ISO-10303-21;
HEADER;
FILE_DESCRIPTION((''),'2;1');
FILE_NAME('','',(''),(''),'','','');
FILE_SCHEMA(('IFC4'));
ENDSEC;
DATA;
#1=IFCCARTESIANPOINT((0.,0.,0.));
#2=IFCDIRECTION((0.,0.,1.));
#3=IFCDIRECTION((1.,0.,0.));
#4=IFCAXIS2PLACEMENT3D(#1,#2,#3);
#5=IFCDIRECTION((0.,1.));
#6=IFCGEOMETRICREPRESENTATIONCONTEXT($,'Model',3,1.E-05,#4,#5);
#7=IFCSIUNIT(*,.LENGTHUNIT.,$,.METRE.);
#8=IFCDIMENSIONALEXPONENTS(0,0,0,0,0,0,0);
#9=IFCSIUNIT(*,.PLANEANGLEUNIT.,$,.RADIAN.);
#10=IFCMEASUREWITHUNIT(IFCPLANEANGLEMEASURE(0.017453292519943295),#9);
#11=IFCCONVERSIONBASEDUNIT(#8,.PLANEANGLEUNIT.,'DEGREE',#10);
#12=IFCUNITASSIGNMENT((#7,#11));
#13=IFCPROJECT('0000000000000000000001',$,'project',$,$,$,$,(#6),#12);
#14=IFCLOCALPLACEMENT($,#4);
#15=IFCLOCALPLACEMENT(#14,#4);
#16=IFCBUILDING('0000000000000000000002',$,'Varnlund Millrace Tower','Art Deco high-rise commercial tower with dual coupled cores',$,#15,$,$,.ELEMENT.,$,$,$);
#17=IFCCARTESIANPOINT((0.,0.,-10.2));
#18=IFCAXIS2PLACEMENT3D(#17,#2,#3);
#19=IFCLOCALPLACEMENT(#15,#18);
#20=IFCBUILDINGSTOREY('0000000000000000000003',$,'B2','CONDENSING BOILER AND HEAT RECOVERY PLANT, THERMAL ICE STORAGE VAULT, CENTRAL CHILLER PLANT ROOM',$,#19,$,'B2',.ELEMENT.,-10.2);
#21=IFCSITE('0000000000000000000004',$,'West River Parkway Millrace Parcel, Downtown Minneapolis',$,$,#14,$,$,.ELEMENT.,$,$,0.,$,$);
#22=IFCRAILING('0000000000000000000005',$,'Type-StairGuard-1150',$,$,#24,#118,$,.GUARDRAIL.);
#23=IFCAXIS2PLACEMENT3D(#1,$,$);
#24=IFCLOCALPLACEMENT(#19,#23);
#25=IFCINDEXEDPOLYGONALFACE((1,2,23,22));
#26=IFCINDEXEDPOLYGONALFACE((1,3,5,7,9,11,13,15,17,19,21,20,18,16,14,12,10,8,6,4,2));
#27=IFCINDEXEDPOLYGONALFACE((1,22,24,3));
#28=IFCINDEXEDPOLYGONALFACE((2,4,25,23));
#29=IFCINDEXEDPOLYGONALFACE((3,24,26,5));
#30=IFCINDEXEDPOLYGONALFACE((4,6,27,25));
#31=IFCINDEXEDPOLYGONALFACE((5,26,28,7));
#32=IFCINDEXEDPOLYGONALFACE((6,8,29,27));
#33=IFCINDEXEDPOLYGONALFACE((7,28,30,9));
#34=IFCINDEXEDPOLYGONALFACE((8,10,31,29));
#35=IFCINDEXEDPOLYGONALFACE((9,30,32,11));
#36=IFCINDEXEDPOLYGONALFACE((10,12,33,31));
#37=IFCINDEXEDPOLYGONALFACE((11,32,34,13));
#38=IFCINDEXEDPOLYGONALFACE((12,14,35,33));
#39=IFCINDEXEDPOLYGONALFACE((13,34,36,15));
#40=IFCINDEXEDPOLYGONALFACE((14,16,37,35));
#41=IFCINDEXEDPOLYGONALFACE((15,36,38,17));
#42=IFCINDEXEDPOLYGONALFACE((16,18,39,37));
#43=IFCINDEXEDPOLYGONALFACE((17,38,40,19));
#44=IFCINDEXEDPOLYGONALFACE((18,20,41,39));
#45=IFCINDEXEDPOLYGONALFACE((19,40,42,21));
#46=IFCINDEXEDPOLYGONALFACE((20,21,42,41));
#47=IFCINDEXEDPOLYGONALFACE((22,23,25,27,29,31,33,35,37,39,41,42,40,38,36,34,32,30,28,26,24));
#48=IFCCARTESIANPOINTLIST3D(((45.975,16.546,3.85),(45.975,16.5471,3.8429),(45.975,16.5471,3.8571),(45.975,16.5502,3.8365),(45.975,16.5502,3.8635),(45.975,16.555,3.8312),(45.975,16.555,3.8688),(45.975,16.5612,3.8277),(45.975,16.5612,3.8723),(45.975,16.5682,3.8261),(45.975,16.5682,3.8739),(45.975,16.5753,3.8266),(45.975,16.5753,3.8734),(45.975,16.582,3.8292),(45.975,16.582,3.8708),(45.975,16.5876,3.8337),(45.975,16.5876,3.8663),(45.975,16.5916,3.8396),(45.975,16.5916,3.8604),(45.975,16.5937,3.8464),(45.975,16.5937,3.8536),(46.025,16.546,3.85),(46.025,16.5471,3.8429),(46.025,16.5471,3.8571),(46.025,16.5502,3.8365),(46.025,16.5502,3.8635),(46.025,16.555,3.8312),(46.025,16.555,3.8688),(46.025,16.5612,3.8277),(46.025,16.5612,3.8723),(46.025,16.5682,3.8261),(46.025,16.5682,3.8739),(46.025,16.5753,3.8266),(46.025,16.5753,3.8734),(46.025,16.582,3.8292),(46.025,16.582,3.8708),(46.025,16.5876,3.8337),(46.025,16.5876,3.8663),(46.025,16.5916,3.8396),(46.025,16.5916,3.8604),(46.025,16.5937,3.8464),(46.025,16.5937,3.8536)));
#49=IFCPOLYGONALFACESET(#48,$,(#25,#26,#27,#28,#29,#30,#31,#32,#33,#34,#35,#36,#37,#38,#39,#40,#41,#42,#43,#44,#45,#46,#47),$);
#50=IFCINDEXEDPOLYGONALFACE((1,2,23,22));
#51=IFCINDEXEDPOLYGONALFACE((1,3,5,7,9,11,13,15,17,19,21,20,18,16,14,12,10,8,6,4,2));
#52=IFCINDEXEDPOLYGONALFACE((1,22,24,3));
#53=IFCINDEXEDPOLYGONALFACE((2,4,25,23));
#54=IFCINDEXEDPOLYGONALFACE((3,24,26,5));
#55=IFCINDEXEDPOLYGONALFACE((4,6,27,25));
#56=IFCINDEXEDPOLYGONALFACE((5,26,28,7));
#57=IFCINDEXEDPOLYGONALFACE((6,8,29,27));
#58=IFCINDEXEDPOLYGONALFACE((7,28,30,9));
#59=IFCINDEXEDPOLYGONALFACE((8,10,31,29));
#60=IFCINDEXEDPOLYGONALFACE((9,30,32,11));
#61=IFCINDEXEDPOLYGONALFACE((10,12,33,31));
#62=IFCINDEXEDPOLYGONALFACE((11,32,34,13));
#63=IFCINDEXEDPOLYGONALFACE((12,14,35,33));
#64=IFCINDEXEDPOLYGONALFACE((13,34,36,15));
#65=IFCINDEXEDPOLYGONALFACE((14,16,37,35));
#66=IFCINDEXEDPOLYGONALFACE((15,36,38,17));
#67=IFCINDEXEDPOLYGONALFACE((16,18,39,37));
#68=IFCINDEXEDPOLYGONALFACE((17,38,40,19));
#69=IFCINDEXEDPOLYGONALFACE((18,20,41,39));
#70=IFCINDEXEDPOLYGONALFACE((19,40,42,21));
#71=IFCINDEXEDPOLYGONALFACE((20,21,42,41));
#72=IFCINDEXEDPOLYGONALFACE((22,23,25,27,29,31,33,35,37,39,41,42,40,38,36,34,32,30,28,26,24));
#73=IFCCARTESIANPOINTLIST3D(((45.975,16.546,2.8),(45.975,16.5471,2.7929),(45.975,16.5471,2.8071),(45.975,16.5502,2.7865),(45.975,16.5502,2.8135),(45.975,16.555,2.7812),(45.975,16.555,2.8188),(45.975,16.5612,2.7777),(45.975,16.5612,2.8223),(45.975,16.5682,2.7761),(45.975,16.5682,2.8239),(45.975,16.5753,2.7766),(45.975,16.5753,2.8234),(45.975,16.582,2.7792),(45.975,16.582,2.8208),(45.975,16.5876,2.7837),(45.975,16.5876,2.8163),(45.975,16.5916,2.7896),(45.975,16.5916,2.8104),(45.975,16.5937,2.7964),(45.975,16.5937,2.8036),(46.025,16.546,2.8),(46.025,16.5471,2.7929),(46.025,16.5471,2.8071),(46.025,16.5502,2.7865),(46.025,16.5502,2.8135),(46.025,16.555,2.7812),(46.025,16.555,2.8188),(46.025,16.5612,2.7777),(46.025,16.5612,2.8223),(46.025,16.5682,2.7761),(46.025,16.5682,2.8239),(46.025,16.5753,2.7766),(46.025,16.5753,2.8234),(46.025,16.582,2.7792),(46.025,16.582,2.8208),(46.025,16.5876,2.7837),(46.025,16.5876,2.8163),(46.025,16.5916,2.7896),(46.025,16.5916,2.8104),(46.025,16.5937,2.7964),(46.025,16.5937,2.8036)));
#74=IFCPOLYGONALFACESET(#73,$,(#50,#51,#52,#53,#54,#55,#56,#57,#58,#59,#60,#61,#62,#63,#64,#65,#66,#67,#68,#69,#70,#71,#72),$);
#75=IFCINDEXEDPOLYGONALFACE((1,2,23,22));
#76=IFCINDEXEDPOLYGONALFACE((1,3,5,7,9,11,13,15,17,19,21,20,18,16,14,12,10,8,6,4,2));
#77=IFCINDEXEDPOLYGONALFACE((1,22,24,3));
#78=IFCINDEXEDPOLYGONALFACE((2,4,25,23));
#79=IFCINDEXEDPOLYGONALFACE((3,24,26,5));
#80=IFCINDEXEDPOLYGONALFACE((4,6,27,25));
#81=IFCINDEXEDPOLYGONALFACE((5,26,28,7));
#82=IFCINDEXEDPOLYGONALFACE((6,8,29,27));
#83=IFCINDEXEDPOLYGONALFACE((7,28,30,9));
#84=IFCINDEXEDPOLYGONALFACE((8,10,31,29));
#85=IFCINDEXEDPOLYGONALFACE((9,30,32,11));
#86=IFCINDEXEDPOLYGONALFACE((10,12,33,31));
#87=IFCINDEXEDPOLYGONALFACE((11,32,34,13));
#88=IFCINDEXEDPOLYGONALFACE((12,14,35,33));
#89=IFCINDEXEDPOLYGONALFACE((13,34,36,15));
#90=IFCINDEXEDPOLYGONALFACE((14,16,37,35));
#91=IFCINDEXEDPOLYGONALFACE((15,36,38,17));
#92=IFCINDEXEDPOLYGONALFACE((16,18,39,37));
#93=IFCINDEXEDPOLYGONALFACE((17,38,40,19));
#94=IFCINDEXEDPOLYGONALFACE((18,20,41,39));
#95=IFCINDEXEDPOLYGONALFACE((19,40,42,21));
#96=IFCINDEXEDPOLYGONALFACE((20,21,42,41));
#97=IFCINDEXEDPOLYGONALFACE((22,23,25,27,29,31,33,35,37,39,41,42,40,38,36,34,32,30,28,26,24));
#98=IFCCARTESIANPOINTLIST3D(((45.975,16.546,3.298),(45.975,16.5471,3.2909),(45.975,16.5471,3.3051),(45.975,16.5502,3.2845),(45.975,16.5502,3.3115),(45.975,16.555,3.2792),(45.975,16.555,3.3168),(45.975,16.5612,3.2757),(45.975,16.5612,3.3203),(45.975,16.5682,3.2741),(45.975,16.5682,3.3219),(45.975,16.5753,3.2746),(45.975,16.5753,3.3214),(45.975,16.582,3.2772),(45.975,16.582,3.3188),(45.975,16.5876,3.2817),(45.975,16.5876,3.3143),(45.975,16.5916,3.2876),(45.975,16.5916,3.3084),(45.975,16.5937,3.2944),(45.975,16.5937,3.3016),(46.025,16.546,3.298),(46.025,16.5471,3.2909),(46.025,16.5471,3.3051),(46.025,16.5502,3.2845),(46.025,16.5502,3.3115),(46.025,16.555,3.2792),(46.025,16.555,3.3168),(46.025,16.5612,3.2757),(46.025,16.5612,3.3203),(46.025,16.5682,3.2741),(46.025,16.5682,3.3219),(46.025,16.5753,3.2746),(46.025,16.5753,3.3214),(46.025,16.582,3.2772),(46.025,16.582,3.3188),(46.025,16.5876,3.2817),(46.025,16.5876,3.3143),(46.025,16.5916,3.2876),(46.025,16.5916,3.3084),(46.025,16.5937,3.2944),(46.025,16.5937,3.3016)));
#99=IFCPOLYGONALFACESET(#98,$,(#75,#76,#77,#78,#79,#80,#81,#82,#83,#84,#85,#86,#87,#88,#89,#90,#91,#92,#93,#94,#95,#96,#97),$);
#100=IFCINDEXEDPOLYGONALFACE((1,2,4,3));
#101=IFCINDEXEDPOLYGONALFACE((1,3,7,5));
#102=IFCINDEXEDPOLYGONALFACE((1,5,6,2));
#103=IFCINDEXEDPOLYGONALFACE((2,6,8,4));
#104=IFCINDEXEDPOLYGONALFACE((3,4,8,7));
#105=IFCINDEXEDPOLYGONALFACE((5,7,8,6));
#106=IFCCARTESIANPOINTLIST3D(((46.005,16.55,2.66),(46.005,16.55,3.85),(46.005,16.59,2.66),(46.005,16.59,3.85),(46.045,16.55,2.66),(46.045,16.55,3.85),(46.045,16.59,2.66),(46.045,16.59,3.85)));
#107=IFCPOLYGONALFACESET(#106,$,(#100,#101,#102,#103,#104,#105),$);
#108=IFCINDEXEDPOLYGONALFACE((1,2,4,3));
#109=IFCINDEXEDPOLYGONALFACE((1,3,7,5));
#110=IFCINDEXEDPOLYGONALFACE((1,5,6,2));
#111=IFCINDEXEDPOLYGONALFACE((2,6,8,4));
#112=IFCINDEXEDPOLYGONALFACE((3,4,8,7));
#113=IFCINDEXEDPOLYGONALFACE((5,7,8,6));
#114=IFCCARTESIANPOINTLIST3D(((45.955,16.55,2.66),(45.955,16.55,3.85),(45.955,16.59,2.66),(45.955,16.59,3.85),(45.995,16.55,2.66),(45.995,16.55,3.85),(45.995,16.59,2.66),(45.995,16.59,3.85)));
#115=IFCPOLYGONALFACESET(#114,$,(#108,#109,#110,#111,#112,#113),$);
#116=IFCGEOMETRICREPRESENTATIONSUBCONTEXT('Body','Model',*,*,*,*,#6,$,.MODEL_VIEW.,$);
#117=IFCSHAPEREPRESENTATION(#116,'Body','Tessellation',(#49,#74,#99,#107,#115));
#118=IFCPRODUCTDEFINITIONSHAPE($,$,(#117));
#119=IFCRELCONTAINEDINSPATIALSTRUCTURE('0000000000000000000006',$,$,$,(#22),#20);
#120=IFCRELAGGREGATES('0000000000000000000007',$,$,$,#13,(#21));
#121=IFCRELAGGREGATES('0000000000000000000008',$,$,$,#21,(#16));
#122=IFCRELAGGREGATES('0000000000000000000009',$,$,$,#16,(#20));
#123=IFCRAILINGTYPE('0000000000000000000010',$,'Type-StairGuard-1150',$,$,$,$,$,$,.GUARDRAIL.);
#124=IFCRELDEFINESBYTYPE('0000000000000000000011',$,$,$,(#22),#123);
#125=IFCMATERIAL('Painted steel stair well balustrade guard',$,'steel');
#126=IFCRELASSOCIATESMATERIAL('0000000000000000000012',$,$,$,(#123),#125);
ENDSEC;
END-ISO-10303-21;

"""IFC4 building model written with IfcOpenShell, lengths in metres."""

from ifc_helpers import new_model, entity, si_unit, converted_unit, direction, frame, origin_with_axes, origin_2d_with_axis, place, context, subcontext, project, spatial, rectangle, circle, extrude, material, type_object, element, save


model = new_model("IFC4")

# Units and contexts
model_context = context("Model", 3, precision=1e-05, world=origin_with_axes(), true_north=direction((0.0, 1.0)))
body_context = subcontext(model_context, "Body", "Model", "MODEL_VIEW")
ifc_project = project(units=[si_unit("LENGTHUNIT", "METRE"), converted_unit("PLANEANGLEUNIT", "DEGREE", entity("IfcPlaneAngleMeasure", 0.017453292519943295), si_unit("PLANEANGLEUNIT", "RADIAN"), dimensions=[0, 0, 0, 0, 0, 0, 0])], contexts=[model_context])

# Site, building, storey
site_placement = place(None, origin_with_axes())
site = spatial("IfcSite", under=ifc_project, at=site_placement, Name="West River Parkway Millrace Parcel, Downtown Minneapolis", CompositionType="ELEMENT", RefElevation=0.0)
building_placement = place(site_placement, origin_with_axes())
building = spatial("IfcBuilding", under=site, at=building_placement, Name="Varnlund Millrace Tower", Description="Art Deco high-rise commercial tower with dual coupled cores", CompositionType="ELEMENT")
storey_placement = place(building_placement, frame((0.0, 0.0, -10.2), z_axis=(0.0, 0.0, 1.0), x_axis=(1.0, 0.0, 0.0)))
storey = spatial("IfcBuildingStorey", under=building, at=storey_placement, Name="B2", Description="CONDENSING BOILER AND HEAT RECOVERY PLANT, THERMAL ICE STORAGE VAULT, CENTRAL CHILLER PLANT ROOM", LongName="B2", CompositionType="ELEMENT", Elevation=-10.2)

# Railing
ifc_material_1 = material(Name="Painted steel stair well balustrade guard", Category="steel")
railing_type_1 = type_object("IfcRailingType", Name="Type-StairGuard-1150", PredefinedType="GUARDRAIL", material=ifc_material_1)
railing_1_placement = place(storey_placement, frame((0.0, 0.0, 10.2), z_axis=(0.0, 0.0, 1.0), x_axis=(1.0, 0.0, 0.0)))
element("IfcRailing", 1, at=railing_1_placement, inside=storey, type_object=railing_type_1, Name="Type-StairGuard-1150", PredefinedType="GUARDRAIL", context=body_context, shape_type="SweptSolid", body=[
    extrude(circle(Radius=0.024, at=origin_2d_with_axis()), frame((46.025, 16.57, -6.35), z_axis=(-1.0, 0.0, 0.0), x_axis=(0.0, -1.0, 0.0)), (0.0, 0.0, 1.0), 0.05),
    extrude(circle(Radius=0.024, at=origin_2d_with_axis()), frame((46.025, 16.57, -7.4), z_axis=(-1.0, 0.0, 0.0), x_axis=(0.0, -1.0, 0.0)), (0.0, 0.0, 1.0), 0.05),
    extrude(circle(Radius=0.024, at=origin_2d_with_axis()), frame((46.025, 16.57, -6.902), z_axis=(-1.0, 0.0, 0.0), x_axis=(0.0, -1.0, 0.0)), (0.0, 0.0, 1.0), 0.05),
    extrude(rectangle(XDim=0.04, YDim=0.04, at=origin_2d_with_axis()), frame((46.025, 16.57, -7.54), z_axis=(0.0, 0.0, 1.0), x_axis=(1.0, 0.0, 0.0)), (0.0, 0.0, 1.0), 1.19),
    extrude(rectangle(XDim=0.04, YDim=0.04, at=origin_2d_with_axis()), frame((45.975, 16.57, -7.54), z_axis=(0.0, 0.0, 1.0), x_axis=(1.0, 0.0, 0.0)), (0.0, 0.0, 1.0), 1.19),
])

save(model, "model.ifc")
